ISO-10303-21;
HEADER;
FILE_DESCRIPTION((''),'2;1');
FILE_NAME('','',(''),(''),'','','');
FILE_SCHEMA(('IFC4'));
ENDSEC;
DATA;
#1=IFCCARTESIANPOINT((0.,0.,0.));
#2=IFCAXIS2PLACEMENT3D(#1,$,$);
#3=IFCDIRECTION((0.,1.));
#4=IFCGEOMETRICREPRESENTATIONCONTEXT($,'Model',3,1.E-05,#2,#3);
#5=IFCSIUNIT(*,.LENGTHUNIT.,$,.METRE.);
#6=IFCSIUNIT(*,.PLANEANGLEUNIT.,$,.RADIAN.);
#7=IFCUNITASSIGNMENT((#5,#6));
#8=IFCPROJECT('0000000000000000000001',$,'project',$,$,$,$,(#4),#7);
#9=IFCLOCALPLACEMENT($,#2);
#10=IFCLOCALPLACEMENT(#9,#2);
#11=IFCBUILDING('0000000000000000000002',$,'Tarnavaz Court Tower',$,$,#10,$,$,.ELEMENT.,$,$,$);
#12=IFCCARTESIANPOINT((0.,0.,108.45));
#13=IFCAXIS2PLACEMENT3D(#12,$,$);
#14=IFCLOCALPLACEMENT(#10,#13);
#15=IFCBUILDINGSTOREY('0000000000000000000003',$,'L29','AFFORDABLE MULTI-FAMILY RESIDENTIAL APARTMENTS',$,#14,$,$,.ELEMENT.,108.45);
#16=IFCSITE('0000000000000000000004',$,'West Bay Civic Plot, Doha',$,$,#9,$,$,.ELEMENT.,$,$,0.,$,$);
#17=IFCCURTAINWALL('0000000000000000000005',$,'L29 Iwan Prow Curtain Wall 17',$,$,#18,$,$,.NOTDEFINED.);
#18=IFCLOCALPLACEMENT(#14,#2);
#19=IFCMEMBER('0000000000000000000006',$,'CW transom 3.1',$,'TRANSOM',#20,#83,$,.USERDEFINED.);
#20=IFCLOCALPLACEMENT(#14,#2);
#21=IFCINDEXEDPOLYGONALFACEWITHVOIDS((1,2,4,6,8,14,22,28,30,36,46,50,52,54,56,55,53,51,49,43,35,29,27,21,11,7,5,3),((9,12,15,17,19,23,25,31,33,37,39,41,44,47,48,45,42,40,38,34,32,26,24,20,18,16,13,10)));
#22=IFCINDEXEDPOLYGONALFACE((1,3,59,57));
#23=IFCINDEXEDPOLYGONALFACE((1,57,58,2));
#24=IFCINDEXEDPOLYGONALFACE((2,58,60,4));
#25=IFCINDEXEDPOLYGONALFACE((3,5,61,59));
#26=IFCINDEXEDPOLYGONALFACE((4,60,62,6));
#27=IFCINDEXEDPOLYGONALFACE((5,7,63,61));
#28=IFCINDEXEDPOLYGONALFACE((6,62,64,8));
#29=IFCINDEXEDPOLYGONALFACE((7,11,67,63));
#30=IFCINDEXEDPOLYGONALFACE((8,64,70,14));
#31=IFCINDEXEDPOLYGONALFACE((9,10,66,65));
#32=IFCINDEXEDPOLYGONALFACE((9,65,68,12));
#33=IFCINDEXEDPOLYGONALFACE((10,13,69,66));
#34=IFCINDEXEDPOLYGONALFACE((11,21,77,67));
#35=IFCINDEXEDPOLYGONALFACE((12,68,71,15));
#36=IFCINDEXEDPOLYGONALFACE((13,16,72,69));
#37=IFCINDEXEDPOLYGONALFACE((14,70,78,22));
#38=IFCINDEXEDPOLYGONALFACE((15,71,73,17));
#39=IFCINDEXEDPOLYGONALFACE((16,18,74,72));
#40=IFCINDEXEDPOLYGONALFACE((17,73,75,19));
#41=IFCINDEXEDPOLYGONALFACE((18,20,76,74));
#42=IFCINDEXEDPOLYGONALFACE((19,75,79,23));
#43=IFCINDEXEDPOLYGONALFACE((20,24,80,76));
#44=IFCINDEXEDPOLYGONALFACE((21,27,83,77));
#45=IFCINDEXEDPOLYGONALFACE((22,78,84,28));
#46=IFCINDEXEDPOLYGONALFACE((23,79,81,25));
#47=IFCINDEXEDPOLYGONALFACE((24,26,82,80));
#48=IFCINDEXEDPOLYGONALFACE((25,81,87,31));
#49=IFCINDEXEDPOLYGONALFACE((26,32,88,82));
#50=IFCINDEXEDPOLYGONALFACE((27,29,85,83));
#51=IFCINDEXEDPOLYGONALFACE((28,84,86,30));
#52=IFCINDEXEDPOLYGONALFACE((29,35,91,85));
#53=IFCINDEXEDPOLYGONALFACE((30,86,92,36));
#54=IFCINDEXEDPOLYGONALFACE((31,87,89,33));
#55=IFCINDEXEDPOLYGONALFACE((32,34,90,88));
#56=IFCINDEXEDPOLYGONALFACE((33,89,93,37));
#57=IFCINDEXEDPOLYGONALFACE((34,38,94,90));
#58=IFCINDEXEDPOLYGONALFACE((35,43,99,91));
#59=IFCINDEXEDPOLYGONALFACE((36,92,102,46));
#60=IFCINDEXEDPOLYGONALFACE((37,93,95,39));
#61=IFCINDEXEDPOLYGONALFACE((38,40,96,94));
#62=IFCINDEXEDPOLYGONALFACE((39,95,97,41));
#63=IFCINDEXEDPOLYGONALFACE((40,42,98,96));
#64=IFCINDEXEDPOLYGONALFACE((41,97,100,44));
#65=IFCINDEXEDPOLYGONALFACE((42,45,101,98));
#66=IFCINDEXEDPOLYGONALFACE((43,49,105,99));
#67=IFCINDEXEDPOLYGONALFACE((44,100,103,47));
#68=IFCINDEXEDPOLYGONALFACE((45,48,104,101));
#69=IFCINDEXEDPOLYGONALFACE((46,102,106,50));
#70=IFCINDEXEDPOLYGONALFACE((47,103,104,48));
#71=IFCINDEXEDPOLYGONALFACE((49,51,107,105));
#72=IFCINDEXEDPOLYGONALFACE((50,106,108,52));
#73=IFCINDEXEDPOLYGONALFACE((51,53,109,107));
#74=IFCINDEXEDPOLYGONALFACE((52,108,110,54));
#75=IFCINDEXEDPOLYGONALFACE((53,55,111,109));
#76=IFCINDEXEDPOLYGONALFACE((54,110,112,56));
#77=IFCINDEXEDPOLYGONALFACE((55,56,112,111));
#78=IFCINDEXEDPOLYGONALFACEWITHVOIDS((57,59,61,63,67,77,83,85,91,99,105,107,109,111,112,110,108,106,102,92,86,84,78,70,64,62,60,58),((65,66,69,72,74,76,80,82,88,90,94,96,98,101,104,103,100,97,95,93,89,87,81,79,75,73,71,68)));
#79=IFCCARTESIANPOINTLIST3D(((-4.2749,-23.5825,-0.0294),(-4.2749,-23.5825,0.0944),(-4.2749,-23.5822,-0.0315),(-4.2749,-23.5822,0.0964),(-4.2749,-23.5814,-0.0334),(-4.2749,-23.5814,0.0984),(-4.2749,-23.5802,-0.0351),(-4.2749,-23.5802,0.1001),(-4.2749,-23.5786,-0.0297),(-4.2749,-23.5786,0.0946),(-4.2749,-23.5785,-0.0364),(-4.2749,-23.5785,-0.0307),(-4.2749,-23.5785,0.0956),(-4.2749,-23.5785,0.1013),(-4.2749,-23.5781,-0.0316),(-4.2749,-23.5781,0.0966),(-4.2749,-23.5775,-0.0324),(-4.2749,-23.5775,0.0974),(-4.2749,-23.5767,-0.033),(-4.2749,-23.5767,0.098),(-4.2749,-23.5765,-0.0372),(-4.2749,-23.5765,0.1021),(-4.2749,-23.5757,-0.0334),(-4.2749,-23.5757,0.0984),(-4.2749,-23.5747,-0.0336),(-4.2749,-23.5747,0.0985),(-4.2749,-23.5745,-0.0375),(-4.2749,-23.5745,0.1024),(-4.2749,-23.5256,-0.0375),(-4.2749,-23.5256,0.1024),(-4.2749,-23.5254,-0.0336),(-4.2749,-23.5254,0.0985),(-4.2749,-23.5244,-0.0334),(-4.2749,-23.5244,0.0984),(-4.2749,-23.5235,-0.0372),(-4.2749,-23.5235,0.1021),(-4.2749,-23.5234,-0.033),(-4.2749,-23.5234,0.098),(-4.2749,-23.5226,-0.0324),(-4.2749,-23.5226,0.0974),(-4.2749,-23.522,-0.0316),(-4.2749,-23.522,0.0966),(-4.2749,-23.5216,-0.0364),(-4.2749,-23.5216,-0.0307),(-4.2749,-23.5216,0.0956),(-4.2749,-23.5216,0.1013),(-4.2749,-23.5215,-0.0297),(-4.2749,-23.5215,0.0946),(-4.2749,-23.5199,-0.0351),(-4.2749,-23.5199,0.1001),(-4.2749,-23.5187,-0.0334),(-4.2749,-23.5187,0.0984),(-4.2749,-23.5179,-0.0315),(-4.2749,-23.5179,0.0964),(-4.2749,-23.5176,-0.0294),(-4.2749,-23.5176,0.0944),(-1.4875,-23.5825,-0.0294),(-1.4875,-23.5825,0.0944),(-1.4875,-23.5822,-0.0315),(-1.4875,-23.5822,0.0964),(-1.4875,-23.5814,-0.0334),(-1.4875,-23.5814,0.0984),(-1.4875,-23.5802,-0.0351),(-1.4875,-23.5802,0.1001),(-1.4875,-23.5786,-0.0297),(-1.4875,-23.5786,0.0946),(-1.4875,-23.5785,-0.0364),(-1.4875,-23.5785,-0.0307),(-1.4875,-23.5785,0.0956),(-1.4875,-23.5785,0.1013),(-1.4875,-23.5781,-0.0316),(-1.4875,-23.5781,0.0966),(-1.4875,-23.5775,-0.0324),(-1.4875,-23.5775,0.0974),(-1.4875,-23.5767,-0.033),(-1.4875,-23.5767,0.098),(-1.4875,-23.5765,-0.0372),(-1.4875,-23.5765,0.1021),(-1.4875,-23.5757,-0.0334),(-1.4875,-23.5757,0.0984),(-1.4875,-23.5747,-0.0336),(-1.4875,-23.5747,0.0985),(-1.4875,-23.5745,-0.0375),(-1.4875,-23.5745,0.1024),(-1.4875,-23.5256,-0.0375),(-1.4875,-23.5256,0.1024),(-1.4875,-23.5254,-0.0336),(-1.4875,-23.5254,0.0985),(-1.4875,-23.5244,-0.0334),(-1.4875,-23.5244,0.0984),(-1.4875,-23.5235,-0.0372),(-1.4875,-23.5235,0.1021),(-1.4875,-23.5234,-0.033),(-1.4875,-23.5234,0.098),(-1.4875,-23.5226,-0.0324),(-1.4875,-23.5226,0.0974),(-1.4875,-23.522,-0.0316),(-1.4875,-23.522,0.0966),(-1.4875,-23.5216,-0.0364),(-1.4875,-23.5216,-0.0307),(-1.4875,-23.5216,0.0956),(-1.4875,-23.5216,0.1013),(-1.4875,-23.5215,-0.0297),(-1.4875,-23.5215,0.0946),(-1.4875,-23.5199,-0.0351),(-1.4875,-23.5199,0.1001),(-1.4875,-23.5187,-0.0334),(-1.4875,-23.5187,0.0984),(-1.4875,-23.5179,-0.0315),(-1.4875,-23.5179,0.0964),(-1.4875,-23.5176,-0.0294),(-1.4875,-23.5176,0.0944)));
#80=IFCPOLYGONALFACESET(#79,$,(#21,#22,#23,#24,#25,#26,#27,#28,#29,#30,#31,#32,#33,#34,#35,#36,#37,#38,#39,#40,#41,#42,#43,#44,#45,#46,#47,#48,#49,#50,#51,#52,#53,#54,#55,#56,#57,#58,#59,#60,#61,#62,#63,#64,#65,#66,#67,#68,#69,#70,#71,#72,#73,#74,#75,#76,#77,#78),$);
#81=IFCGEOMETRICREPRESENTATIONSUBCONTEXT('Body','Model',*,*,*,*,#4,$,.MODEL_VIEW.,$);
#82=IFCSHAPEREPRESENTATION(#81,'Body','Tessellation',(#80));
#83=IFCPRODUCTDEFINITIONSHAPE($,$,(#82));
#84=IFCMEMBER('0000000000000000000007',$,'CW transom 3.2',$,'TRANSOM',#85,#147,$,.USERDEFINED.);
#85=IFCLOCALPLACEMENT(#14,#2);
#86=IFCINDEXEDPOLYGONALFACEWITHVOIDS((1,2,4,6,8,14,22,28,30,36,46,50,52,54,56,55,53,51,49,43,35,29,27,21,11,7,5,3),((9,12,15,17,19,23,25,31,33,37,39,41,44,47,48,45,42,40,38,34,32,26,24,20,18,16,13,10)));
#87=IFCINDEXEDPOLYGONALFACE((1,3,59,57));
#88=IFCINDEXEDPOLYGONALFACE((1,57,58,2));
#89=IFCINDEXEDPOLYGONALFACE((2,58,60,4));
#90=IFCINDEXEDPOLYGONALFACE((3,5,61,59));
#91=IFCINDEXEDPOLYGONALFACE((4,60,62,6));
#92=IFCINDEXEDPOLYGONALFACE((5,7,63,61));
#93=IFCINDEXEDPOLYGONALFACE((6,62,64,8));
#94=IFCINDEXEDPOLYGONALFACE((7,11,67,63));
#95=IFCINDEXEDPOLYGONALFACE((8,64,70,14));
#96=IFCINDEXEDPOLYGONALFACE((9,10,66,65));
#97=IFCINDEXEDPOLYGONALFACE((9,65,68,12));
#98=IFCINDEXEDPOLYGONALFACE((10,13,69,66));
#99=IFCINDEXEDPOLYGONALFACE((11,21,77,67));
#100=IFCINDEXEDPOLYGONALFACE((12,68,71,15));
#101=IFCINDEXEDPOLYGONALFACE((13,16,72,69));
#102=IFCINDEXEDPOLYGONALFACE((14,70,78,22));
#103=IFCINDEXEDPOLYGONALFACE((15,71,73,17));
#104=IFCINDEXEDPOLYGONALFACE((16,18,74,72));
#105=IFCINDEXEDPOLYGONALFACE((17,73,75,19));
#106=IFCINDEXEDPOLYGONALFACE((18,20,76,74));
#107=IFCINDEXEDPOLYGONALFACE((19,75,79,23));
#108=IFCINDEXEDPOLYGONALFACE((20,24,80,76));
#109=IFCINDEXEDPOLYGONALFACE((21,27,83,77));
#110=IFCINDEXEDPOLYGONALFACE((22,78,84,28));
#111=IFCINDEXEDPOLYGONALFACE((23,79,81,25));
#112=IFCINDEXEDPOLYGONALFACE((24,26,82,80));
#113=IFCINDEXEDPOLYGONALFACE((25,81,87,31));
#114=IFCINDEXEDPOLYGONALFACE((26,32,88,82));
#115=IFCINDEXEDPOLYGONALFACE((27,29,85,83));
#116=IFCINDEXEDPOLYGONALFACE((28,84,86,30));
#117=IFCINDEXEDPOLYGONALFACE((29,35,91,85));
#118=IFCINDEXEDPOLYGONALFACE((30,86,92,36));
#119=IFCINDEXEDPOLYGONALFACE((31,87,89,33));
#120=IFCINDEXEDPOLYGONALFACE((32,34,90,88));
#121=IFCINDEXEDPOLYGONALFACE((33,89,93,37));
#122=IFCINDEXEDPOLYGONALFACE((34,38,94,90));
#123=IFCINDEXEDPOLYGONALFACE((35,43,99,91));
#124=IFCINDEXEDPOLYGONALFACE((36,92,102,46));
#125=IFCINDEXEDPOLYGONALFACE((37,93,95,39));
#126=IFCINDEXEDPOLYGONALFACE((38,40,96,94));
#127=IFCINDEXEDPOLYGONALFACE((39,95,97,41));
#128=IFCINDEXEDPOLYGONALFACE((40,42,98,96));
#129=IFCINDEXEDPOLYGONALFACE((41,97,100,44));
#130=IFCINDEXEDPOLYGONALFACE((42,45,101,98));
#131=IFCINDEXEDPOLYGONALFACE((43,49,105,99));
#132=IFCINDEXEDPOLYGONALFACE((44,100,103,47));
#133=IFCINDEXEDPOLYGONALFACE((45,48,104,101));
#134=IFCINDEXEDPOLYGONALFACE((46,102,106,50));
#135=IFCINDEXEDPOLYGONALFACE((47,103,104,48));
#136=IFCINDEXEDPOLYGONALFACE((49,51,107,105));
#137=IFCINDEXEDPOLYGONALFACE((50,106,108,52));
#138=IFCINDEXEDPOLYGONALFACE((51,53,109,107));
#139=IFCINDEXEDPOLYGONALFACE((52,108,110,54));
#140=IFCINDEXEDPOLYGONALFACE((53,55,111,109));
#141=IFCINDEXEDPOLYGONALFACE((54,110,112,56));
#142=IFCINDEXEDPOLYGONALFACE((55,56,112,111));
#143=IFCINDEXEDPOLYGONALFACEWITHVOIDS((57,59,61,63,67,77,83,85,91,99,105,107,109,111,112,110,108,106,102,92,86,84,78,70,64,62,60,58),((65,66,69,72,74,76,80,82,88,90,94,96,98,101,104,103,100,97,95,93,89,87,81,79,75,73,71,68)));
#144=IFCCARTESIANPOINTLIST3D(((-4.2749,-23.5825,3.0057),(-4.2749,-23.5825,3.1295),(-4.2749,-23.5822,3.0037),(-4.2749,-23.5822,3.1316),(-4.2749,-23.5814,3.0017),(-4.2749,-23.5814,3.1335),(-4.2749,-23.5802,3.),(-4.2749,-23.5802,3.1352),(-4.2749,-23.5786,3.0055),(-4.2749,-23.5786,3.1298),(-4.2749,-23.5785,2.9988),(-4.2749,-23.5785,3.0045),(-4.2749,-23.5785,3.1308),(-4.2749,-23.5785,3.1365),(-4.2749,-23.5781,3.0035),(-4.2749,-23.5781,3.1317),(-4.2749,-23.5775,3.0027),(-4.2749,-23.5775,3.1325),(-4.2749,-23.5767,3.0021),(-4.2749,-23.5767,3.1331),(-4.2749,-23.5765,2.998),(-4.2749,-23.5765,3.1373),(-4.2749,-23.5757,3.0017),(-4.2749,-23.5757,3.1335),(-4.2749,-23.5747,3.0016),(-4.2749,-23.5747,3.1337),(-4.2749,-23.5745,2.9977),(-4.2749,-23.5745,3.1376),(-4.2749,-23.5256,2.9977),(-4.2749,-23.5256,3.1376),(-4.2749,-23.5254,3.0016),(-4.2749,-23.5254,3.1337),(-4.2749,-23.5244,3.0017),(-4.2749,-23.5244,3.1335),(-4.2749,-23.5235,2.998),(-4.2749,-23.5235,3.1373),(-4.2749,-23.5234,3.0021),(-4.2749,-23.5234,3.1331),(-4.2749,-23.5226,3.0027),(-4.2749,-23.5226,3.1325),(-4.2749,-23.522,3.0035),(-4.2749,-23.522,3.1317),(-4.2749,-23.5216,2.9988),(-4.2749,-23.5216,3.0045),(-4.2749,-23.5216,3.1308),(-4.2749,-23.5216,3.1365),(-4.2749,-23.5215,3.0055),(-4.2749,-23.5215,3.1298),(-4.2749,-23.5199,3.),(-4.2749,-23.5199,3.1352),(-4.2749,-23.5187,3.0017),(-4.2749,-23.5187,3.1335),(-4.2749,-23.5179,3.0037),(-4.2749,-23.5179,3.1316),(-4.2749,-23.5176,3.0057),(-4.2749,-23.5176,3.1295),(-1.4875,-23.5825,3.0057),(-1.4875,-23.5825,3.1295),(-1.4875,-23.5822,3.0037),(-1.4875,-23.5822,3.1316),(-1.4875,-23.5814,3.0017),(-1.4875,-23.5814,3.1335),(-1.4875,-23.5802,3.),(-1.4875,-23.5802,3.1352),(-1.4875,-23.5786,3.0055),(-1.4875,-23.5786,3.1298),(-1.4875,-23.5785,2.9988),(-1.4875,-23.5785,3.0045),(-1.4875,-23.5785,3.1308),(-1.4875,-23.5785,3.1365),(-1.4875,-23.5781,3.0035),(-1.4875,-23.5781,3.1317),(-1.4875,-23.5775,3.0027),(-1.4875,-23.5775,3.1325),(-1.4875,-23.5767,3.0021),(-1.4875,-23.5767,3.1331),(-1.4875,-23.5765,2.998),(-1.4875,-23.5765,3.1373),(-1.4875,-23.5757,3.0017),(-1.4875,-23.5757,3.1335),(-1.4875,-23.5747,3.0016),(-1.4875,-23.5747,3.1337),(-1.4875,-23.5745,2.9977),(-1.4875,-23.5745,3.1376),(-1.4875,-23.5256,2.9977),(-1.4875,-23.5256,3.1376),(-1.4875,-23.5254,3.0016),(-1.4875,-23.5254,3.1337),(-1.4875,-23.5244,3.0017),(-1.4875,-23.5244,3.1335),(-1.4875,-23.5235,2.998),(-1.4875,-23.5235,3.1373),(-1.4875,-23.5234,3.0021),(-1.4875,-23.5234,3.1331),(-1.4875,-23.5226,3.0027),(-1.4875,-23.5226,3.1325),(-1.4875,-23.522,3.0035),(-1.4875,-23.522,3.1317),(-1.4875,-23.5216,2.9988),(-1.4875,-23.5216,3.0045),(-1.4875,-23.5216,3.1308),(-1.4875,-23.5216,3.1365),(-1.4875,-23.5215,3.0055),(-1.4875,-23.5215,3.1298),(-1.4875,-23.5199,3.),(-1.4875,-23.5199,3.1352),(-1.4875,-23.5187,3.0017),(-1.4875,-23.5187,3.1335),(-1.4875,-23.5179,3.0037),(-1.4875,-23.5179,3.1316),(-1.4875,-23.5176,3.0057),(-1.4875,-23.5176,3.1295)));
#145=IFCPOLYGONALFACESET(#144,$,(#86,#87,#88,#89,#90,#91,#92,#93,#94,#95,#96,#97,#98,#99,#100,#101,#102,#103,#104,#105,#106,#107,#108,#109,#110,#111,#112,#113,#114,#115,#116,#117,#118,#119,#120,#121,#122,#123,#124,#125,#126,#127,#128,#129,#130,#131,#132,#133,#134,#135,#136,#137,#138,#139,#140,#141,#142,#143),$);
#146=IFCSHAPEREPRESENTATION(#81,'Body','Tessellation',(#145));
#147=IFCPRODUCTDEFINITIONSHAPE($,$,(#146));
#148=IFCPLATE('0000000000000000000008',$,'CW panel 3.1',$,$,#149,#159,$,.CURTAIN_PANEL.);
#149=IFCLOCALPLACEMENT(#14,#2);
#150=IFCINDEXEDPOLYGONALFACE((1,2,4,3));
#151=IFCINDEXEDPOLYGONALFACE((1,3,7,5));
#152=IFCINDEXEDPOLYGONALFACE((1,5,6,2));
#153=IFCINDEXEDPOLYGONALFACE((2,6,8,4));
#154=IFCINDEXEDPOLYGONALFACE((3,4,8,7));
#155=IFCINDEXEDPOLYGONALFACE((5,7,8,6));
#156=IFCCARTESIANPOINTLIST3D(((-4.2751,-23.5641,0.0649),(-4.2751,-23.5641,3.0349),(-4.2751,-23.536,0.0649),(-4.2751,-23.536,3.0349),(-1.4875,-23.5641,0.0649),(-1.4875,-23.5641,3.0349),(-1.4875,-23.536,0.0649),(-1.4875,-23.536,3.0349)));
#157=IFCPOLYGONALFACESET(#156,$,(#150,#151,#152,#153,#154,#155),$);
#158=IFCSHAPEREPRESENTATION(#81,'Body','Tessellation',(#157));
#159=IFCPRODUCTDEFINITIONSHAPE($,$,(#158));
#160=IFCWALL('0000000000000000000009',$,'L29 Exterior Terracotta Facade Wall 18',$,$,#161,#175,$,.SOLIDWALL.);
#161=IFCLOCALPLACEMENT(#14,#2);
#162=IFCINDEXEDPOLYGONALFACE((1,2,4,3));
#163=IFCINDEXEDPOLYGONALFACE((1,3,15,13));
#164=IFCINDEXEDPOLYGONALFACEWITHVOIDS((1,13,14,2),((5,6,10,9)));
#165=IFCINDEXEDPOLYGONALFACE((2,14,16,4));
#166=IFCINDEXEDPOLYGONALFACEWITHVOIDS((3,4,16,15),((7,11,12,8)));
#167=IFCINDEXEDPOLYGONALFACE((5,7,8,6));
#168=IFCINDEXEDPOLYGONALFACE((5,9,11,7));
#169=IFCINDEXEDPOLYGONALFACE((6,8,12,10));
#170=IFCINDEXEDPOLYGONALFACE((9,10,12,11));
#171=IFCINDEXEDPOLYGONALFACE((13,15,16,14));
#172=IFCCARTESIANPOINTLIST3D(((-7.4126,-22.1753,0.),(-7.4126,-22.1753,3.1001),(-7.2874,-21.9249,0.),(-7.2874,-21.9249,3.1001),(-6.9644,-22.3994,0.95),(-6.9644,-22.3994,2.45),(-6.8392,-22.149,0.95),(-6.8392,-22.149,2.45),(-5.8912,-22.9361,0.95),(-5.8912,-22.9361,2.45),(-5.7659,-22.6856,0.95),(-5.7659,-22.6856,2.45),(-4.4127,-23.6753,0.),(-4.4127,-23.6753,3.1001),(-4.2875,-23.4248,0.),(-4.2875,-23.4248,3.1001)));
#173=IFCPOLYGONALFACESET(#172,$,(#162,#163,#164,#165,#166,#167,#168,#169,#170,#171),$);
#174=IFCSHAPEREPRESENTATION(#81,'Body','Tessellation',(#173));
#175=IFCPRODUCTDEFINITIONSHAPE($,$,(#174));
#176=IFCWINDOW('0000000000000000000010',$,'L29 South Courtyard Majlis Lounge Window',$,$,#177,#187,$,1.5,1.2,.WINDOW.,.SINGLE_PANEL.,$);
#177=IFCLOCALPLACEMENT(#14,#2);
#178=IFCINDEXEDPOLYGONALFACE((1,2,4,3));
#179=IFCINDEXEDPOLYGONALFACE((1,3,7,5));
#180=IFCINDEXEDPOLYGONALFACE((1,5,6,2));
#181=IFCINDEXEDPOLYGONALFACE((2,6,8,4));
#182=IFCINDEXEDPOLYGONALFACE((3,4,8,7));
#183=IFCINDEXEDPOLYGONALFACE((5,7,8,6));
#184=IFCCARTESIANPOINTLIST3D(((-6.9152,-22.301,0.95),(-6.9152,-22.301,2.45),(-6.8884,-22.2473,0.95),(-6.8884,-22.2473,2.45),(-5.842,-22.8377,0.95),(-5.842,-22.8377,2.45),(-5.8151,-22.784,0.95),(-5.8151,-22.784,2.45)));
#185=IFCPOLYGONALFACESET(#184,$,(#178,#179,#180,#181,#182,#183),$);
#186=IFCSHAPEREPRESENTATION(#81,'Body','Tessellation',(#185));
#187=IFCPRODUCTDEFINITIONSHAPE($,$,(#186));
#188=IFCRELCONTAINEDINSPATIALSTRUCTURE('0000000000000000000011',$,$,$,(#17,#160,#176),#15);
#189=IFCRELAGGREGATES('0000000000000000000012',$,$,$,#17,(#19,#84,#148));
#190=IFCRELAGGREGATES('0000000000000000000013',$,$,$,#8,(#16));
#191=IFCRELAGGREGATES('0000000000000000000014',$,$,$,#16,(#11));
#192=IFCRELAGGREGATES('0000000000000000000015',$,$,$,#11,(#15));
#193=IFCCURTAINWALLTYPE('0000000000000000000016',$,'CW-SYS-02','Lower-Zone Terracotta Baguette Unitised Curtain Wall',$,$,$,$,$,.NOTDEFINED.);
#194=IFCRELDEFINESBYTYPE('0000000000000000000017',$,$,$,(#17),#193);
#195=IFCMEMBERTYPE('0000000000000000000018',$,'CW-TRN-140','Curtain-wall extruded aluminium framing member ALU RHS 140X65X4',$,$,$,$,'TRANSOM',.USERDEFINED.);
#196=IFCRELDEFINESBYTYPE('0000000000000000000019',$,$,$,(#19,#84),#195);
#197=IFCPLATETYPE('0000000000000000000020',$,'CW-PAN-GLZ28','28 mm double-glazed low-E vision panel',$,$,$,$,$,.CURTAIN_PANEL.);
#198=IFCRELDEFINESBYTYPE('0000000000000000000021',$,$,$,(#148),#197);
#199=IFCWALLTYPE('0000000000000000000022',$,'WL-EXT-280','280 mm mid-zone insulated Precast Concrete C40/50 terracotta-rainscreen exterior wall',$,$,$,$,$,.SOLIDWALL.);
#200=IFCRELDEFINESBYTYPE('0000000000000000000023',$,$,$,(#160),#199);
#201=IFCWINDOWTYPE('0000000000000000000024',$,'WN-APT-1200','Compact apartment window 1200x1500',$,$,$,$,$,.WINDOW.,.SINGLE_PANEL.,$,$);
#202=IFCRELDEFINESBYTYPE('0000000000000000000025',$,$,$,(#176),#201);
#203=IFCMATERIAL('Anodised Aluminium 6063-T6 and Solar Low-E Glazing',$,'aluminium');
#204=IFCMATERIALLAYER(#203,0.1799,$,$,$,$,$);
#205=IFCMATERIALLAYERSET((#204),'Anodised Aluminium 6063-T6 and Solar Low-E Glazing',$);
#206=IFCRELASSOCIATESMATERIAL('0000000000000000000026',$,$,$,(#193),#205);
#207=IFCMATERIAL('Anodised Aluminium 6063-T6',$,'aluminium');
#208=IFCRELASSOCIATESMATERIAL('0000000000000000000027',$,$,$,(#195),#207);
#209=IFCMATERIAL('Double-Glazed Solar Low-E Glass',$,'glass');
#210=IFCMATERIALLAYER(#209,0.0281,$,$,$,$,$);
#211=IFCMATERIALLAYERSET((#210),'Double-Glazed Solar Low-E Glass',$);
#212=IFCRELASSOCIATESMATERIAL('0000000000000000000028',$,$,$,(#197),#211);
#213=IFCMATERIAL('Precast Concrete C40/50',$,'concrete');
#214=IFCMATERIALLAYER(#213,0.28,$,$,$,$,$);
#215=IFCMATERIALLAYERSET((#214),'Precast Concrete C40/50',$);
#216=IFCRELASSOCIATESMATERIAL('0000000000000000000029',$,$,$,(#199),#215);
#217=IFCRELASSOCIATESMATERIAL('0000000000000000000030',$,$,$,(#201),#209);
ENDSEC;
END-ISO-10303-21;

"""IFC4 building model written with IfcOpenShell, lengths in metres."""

from ifc_helpers import new_model, si_unit, direction, frame, frame_2d, origin, origin_2d, place, context, subcontext, project, spatial, rectangle, hollow_rectangle, extrude, material, layer, layer_set, material_profile, profile_set, type_object, element, fill, aggregate, save


model = new_model("IFC4")

# Units and contexts
model_context = context("Model", 3, precision=1e-05, world=origin(), true_north=direction((0.0, 1.0)))
body_context = subcontext(model_context, "Body", "Model", "MODEL_VIEW")
ifc_project = project(units=[si_unit("LENGTHUNIT", "METRE"), si_unit("PLANEANGLEUNIT", "RADIAN")], contexts=[model_context])

# Site, building, storey
site_placement = place(None, origin())
site = spatial("IfcSite", under=ifc_project, at=site_placement, Name="West Bay Civic Plot, Doha", CompositionType="ELEMENT", RefElevation=0.0)
building_placement = place(site_placement, origin())
building = spatial("IfcBuilding", under=site, at=building_placement, Name="Tarnavaz Court Tower", CompositionType="ELEMENT")
storey_placement = place(building_placement, frame((0.0, 0.0, 108.45)))
storey = spatial("IfcBuildingStorey", under=building, at=storey_placement, Name="L29", Description="AFFORDABLE MULTI-FAMILY RESIDENTIAL APARTMENTS", CompositionType="ELEMENT", Elevation=108.45)

# Curtain wall, members, plate
ifc_material_1 = material(Name="Anodised Aluminium 6063-T6 and Solar Low-E Glazing", Category="aluminium")
ifc_layer_1 = layer(ifc_material_1, 0.1799)
ifc_layer_set_1 = layer_set([ifc_layer_1], Name="Anodised Aluminium 6063-T6 and Solar Low-E Glazing")
curtain_wall_type = type_object("IfcCurtainWallType", Name="CW-SYS-02", Description="Lower-Zone Terracotta Baguette Unitised Curtain Wall", PredefinedType="NOTDEFINED", material=ifc_layer_set_1)
curtain_wall_placement = place(storey_placement, origin())
curtain_wall = element("IfcCurtainWall", 1, at=curtain_wall_placement, inside=storey, type_object=curtain_wall_type, Name="L29 Iwan Prow Curtain Wall 17", PredefinedType="NOTDEFINED")
ifc_material_2 = material(Name="Anodised Aluminium 6063-T6", Category="aluminium")
ifc_material_profile_1 = material_profile(ifc_material_2, hollow_rectangle(XDim=0.0649, YDim=0.1399, WallThickness=0.0039, InnerFilletRadius=0.0039, OuterFilletRadius=0.0081, at=origin_2d()), Name="ALU RHS 140X65X4")
ifc_profile_set_1 = profile_set([ifc_material_profile_1], Name="Anodised Aluminium 6063-T6")
member_type_1 = type_object("IfcMemberType", Name="CW-TRN-140", Description="Curtain-wall extruded aluminium framing member ALU RHS 140X65X4", ElementType="TRANSOM", PredefinedType="USERDEFINED", material=ifc_profile_set_1)
member_1_placement = place(storey_placement, frame((-1.4875, -23.55, 0.0325), z_axis=(-1.0, 0.0, 0.0), x_axis=(0.0, -1.0, 0.0)))
member_1 = element("IfcMember", 2, at=member_1_placement, type_object=member_type_1, Name="CW transom 3.1", ObjectType="TRANSOM", PredefinedType="USERDEFINED", context=body_context, shape_type="SweptSolid", body=[
    extrude(hollow_rectangle(XDim=0.0649, YDim=0.1399, WallThickness=0.0039, InnerFilletRadius=0.0039, OuterFilletRadius=0.0081, at=origin_2d()), origin(), (0.0, 0.0, 1.0), 2.7874),
])
member_2_placement = place(storey_placement, frame((-1.4875, -23.55, 3.0676), z_axis=(-1.0, 0.0, 0.0), x_axis=(0.0, -1.0, 0.0)))
member_2 = element("IfcMember", 3, at=member_2_placement, type_object=member_type_1, Name="CW transom 3.2", ObjectType="TRANSOM", PredefinedType="USERDEFINED", context=body_context, shape_type="SweptSolid", body=[
    extrude(hollow_rectangle(XDim=0.0649, YDim=0.1399, WallThickness=0.0039, InnerFilletRadius=0.0039, OuterFilletRadius=0.0081, at=origin_2d()), origin(), (0.0, 0.0, 1.0), 2.7874),
])
ifc_material_3 = material(Name="Double-Glazed Solar Low-E Glass", Category="glass")
ifc_layer_2 = layer(ifc_material_3, 0.0281)
ifc_layer_set_2 = layer_set([ifc_layer_2], Name="Double-Glazed Solar Low-E Glass")
plate_type = type_object("IfcPlateType", Name="CW-PAN-GLZ28", Description="28 mm double-glazed low-E vision panel", PredefinedType="CURTAIN_PANEL", material=ifc_layer_set_2)
plate_placement = place(storey_placement, frame((-2.8813, -23.55, 0.0649), z_axis=(0.0, 0.0, 1.0), x_axis=(-1.0, 0.0, 0.0)))
plate = element("IfcPlate", 4, at=plate_placement, type_object=plate_type, Name="CW panel 3.1", PredefinedType="CURTAIN_PANEL", context=body_context, shape_type="SweptSolid", body=[
    extrude(rectangle(XDim=2.7876, YDim=0.0281, at=origin_2d()), origin(), (0.0, 0.0, 1.0), 2.97),
])
aggregate(curtain_wall, [member_1, member_2, plate])

# Wall, opening, window
ifc_material_4 = material(Name="Precast Concrete C40/50", Category="concrete")
ifc_layer_3 = layer(ifc_material_4, 0.28)
ifc_layer_set_3 = layer_set([ifc_layer_3], Name="Precast Concrete C40/50")
wall_type_1 = type_object("IfcWallType", Name="WL-EXT-280", Description="280 mm mid-zone insulated Precast Concrete C40/50 terracotta-rainscreen exterior wall", PredefinedType="SOLIDWALL", material=ifc_layer_set_3)
wall_1_placement = place(storey_placement, frame((-4.3501, -23.55, 0.0), z_axis=(0.0, 0.0, 1.0), x_axis=(-0.894427, 0.447214, 0.0)))
wall_1 = element("IfcWall", 5, at=wall_1_placement, inside=storey, type_object=wall_type_1, Name="L29 Exterior Terracotta Facade Wall 18", PredefinedType="SOLIDWALL", context=body_context, shape_type="SweptSolid", body=[
    extrude(rectangle(XDim=3.354, YDim=0.28, at=frame_2d((1.677, 0.0))), origin(), (0.0, 0.0, 1.0), 3.1001),
])
opening_1_placement = place(wall_1_placement, frame((1.6528, 0.0, 0.95)))
opening_1 = element("IfcOpeningElement", 6, at=opening_1_placement, cuts=wall_1, PredefinedType="OPENING", context=body_context, shape_type="SweptSolid", body=[
    extrude(rectangle(XDim=1.2, YDim=1.5, at=frame_2d((0.6001, 0.75))), frame((0.0, 0.1499, 0.0), z_axis=(0.0, -1.0, 0.0), x_axis=(1.0, 0.0, 0.0)), (0.0, 0.0, 1.0), 0.3),
])
window_type_1 = type_object("IfcWindowType", Name="WN-APT-1200", Description="Compact apartment window 1200x1500", PartitioningType="SINGLE_PANEL", PredefinedType="WINDOW", material=ifc_material_3)
window_1_placement = place(opening_1_placement, origin())
window_1 = element("IfcWindow", 7, at=window_1_placement, inside=storey, type_object=window_type_1, Name="L29 South Courtyard Majlis Lounge Window", OverallHeight=1.5, OverallWidth=1.2, PartitioningType="SINGLE_PANEL", PredefinedType="WINDOW", context=body_context, shape_type="SweptSolid", body=[
    extrude(rectangle(XDim=1.2, YDim=1.5, at=frame_2d((0.6001, 0.75))), frame((0.0, 0.03, 0.0), z_axis=(0.0, -1.0, 0.0), x_axis=(1.0, 0.0, 0.0)), (0.0, 0.0, 1.0), 0.0601),
])
fill(opening_1, window_1)

save(model, "model.ifc")
